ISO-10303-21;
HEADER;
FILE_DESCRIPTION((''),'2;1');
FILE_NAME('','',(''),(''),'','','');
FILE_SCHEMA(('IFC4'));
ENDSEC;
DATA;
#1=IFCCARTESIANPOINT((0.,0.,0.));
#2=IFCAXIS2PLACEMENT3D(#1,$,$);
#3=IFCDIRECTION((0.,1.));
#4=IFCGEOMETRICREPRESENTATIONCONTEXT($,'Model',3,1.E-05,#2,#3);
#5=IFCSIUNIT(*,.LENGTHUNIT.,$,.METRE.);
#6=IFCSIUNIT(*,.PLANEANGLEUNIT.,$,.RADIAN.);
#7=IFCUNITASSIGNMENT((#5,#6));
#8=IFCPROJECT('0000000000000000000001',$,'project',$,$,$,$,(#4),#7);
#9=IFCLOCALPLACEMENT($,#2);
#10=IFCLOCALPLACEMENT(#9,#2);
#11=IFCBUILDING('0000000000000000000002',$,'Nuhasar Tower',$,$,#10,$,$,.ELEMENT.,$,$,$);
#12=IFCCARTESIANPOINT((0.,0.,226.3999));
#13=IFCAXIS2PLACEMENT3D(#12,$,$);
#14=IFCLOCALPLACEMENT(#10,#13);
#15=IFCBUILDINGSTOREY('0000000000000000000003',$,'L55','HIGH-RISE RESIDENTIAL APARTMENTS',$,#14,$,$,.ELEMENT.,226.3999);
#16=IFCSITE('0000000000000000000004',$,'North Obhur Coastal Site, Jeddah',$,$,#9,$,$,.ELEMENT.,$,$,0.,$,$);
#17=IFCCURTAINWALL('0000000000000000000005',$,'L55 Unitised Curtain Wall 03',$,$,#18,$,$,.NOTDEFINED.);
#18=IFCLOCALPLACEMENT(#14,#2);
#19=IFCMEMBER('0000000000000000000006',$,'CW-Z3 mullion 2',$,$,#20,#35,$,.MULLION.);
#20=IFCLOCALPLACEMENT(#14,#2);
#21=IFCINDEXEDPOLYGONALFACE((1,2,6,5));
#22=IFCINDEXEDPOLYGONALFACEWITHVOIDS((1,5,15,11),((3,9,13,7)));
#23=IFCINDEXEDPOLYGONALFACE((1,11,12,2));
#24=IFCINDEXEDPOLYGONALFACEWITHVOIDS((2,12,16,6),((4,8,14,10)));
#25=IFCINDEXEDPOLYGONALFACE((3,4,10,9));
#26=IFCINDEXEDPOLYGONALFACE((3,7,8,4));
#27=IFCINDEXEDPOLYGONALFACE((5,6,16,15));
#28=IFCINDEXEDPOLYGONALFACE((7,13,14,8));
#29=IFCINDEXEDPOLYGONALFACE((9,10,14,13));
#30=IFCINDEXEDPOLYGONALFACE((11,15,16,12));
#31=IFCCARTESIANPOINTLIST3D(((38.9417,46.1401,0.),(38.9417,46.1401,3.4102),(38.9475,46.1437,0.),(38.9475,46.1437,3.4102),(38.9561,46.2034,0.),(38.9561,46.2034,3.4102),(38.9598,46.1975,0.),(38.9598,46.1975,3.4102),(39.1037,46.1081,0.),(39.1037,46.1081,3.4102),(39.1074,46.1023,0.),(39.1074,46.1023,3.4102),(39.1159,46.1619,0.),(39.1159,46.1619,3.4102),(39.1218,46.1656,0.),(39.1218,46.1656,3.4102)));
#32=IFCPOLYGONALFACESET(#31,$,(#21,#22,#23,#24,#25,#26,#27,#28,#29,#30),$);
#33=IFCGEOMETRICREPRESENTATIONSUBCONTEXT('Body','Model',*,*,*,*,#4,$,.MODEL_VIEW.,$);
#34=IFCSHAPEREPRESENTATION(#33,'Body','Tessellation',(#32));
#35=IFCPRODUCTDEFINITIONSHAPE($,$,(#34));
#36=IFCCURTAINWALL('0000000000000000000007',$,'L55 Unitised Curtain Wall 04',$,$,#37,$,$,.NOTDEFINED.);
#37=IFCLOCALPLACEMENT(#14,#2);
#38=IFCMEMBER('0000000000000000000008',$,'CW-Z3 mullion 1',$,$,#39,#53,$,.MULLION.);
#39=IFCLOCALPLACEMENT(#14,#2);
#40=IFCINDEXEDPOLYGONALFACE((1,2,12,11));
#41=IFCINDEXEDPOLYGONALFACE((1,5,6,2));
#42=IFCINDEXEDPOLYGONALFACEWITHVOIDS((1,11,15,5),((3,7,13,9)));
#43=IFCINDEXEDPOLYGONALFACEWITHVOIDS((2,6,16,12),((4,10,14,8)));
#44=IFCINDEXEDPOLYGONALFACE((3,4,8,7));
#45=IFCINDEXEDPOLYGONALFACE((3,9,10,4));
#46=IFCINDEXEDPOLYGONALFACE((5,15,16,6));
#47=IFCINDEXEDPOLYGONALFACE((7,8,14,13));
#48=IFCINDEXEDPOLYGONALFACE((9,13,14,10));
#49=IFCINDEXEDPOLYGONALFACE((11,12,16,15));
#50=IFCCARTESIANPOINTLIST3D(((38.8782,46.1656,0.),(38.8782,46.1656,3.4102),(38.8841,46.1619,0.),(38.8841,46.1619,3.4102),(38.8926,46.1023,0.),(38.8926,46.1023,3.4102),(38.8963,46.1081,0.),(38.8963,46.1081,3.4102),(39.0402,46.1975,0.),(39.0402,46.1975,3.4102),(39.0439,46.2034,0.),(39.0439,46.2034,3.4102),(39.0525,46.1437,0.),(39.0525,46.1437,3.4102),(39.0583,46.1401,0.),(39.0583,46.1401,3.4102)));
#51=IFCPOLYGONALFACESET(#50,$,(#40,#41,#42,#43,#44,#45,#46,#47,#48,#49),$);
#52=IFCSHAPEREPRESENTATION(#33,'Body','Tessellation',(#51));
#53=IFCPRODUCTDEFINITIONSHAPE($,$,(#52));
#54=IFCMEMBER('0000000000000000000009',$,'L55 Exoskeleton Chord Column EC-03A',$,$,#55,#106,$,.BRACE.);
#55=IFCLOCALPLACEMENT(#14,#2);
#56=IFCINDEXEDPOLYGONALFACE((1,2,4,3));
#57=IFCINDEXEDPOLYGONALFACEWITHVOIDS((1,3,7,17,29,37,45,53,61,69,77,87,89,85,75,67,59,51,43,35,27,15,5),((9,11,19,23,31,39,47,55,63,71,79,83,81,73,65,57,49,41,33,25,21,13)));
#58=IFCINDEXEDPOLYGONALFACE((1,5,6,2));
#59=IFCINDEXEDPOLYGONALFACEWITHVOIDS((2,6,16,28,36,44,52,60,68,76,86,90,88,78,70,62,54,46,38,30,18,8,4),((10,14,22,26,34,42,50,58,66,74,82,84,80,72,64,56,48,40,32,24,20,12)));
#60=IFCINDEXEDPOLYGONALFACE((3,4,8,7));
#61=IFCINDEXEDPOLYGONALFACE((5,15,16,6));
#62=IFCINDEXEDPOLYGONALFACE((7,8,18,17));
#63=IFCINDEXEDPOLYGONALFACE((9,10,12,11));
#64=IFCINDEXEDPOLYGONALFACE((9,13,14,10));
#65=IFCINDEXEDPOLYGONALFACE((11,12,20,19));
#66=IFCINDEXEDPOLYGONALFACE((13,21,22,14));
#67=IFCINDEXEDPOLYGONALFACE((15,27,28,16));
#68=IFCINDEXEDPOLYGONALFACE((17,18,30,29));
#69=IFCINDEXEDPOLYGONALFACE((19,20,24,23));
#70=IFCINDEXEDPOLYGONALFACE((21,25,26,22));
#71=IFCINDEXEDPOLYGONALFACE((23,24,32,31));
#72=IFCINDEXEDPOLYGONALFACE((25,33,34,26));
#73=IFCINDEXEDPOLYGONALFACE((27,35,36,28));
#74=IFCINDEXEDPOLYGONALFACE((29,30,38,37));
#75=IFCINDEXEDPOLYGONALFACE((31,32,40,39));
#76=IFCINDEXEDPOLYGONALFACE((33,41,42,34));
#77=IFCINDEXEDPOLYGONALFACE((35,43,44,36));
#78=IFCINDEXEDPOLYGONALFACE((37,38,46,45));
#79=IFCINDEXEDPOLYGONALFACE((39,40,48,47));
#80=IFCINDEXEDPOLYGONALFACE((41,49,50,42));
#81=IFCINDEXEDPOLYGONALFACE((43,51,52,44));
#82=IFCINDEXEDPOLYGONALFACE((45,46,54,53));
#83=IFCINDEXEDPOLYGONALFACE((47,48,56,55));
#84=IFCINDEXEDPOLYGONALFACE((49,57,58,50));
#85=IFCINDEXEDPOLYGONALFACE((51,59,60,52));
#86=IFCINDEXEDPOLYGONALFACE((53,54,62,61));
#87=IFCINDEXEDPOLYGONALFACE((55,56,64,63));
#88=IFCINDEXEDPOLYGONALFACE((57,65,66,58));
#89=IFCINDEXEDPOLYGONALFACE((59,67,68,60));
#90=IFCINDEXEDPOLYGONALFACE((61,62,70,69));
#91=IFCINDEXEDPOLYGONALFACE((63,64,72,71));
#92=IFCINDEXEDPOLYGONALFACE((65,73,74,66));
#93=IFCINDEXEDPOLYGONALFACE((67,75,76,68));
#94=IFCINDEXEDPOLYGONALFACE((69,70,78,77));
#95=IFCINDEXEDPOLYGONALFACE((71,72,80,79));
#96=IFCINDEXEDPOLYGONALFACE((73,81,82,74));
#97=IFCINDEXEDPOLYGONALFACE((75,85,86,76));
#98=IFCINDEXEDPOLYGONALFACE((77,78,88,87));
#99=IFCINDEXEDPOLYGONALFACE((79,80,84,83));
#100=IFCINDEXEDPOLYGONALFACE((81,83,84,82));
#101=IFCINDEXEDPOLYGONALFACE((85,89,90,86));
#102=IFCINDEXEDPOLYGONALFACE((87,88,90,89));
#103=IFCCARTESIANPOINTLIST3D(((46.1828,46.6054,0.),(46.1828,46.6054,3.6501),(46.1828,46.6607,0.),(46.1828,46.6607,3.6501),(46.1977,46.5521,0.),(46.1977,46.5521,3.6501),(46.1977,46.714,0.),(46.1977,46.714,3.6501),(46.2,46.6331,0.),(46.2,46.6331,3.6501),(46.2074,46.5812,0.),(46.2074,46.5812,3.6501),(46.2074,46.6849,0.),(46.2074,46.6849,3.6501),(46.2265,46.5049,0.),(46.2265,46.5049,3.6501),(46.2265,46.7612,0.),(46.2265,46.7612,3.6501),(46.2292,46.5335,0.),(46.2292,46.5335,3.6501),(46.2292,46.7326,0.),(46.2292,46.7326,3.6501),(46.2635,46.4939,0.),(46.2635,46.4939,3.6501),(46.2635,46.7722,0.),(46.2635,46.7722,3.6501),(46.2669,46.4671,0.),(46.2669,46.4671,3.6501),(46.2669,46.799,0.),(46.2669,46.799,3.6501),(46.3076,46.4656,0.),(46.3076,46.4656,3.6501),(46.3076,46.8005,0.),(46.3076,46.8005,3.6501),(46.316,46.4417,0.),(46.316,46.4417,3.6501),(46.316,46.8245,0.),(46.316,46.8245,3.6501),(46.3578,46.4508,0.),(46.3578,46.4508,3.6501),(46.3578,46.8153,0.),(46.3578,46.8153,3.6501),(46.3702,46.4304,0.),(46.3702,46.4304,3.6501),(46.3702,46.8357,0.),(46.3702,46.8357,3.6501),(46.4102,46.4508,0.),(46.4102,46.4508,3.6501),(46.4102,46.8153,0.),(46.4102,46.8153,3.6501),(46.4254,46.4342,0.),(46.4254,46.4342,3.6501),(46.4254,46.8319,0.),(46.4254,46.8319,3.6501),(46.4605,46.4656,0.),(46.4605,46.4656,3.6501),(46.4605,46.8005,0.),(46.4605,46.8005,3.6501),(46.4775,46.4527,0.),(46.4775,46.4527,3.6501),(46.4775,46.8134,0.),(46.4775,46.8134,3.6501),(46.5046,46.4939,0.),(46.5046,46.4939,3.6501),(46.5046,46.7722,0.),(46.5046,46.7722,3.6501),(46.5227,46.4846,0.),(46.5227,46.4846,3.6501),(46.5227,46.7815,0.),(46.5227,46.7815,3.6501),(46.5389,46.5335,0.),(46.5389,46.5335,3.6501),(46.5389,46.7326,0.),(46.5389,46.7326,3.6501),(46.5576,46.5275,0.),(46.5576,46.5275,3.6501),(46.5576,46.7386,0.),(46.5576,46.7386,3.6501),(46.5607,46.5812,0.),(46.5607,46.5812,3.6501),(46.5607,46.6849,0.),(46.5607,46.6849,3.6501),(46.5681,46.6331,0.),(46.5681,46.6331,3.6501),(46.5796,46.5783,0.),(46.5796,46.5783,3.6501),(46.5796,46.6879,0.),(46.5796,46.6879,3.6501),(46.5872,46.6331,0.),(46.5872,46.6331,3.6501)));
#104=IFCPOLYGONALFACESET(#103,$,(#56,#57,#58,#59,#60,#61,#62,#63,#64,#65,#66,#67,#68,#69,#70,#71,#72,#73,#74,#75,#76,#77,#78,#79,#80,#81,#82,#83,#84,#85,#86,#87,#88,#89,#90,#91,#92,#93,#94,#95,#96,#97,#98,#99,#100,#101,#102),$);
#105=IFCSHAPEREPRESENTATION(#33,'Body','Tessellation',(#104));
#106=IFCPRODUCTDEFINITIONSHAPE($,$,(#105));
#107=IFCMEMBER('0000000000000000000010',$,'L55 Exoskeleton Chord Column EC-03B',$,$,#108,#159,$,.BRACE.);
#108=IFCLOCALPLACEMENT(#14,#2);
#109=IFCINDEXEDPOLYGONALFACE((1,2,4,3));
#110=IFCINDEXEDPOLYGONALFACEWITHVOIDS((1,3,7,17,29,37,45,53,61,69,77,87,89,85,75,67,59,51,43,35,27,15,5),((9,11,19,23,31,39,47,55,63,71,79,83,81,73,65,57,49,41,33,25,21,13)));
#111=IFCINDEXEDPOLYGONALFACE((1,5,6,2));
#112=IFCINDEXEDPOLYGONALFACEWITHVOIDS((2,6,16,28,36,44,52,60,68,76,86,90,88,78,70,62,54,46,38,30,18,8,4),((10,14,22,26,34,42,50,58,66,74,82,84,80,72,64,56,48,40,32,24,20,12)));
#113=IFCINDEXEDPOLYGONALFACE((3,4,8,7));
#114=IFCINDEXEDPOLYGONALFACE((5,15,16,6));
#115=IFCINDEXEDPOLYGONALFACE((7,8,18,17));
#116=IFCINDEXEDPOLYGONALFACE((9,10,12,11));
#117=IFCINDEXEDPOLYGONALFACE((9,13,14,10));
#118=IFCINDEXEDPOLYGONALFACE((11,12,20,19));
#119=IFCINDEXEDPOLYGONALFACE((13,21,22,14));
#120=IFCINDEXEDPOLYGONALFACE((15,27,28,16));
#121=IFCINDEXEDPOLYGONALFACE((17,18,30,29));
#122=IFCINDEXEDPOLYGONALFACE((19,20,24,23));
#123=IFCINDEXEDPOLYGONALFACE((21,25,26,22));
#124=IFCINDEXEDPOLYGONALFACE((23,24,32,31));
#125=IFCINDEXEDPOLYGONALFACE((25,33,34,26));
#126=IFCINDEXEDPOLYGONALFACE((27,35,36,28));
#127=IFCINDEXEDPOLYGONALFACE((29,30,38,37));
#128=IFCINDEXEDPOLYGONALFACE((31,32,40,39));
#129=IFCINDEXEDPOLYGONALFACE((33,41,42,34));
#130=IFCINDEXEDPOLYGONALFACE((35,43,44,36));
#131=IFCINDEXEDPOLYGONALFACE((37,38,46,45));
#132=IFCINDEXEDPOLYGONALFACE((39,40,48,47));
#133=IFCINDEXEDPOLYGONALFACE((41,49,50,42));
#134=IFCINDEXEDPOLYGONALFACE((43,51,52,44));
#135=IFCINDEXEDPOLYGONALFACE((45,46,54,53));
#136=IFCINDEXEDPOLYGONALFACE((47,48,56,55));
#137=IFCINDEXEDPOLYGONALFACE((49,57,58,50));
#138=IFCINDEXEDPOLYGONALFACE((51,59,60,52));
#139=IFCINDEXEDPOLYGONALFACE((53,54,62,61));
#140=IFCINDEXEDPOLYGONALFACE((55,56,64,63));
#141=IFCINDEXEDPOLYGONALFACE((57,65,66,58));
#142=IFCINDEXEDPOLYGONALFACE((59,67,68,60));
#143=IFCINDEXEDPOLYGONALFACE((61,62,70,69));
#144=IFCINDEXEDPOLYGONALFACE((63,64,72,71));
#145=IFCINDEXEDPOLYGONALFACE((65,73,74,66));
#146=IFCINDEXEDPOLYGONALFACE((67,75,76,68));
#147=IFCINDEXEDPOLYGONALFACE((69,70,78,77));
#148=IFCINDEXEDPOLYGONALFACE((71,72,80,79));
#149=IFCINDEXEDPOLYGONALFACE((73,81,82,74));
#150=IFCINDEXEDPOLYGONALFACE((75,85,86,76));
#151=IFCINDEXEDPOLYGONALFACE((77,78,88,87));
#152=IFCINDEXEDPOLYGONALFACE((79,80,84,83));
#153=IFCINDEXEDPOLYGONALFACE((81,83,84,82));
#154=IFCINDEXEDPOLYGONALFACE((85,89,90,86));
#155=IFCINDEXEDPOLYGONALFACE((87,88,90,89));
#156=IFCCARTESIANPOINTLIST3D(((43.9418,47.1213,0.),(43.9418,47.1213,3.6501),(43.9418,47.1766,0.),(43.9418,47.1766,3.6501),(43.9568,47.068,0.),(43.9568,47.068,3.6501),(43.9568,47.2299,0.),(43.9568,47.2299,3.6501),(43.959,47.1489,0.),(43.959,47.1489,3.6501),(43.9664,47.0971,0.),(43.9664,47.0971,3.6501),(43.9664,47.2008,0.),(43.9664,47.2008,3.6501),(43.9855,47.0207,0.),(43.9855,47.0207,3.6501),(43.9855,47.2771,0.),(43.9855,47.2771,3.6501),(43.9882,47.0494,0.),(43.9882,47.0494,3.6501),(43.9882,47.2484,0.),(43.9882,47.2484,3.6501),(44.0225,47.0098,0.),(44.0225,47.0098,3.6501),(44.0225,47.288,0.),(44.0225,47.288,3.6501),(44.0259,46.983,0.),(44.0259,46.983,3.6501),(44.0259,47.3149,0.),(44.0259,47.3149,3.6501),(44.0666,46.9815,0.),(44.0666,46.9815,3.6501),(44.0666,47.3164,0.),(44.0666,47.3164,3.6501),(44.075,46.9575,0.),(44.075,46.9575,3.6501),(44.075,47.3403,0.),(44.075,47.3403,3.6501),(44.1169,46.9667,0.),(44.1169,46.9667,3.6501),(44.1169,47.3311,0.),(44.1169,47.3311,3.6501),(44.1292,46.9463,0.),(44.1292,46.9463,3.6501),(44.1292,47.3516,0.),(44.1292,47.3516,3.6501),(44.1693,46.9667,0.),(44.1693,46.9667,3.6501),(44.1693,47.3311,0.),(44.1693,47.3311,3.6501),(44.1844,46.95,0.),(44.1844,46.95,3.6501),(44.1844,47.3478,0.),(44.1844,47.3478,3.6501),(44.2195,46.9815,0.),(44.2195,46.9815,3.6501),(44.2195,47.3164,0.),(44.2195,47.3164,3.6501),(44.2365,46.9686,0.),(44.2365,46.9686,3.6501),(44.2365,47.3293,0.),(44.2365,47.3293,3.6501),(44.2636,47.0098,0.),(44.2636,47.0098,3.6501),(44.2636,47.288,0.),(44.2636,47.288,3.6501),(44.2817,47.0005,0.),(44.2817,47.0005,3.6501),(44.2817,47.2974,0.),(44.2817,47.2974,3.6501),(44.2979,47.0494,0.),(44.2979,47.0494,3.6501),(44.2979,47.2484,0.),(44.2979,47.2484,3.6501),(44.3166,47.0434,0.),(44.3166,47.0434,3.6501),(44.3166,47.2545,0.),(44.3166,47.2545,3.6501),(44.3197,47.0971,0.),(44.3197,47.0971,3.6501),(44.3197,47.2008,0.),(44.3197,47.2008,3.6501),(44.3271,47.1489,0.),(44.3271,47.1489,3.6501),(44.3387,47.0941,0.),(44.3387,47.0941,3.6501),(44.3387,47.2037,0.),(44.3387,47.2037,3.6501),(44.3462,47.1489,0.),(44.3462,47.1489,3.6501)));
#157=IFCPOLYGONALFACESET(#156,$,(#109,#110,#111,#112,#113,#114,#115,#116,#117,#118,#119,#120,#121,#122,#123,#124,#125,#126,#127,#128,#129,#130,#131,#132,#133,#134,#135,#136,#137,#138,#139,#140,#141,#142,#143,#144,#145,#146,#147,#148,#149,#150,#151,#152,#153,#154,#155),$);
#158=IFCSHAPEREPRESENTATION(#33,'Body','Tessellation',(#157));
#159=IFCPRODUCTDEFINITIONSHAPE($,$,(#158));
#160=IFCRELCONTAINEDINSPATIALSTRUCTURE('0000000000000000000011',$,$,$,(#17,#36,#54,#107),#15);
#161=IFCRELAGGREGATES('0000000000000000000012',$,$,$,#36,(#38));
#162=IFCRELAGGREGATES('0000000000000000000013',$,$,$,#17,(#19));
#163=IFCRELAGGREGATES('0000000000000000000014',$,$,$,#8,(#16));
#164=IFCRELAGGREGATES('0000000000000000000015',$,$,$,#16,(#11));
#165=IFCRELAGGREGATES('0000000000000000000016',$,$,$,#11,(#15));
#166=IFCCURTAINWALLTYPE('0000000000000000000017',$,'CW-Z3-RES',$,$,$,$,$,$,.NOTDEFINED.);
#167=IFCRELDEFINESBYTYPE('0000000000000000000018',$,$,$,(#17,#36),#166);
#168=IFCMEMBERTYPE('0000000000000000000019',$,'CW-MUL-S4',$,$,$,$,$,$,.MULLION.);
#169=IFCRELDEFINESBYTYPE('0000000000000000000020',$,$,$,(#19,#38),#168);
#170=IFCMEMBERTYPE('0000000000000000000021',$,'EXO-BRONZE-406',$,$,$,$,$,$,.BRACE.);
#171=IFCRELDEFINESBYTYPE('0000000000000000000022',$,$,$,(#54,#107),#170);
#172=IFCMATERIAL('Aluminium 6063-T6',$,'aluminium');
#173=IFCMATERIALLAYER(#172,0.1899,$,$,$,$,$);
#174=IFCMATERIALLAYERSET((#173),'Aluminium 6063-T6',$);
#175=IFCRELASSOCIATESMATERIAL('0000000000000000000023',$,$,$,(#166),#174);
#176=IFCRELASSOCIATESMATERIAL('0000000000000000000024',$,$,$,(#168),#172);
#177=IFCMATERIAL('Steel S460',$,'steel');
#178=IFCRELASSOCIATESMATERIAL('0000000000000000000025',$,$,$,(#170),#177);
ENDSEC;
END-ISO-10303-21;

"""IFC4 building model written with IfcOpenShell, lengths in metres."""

from ifc_helpers import new_model, si_unit, direction, frame, origin, origin_2d, place, context, subcontext, project, spatial, hollow_rectangle, hollow_circle, extrude, material, layer, layer_set, material_profile, profile_set, type_object, element, aggregate, save


model = new_model("IFC4")

# Units and contexts
model_context = context("Model", 3, precision=1e-05, world=origin(), true_north=direction((0.0, 1.0)))
body_context = subcontext(model_context, "Body", "Model", "MODEL_VIEW")
ifc_project = project(units=[si_unit("LENGTHUNIT", "METRE"), si_unit("PLANEANGLEUNIT", "RADIAN")], contexts=[model_context])

# Site, building, storey
site_placement = place(None, origin())
site = spatial("IfcSite", under=ifc_project, at=site_placement, Name="North Obhur Coastal Site, Jeddah", CompositionType="ELEMENT", RefElevation=0.0)
building_placement = place(site_placement, origin())
building = spatial("IfcBuilding", under=site, at=building_placement, Name="Nuhasar Tower", CompositionType="ELEMENT")
storey_placement = place(building_placement, frame((0.0, 0.0, 226.3999)))
storey = spatial("IfcBuildingStorey", under=building, at=storey_placement, Name="L55", Description="HIGH-RISE RESIDENTIAL APARTMENTS", CompositionType="ELEMENT", Elevation=226.3999)

# Curtain walls, members
ifc_material_1 = material(Name="Aluminium 6063-T6", Category="aluminium")
ifc_layer_1 = layer(ifc_material_1, 0.1899)
ifc_layer_set_1 = layer_set([ifc_layer_1], Name="Aluminium 6063-T6")
curtain_wall_type = type_object("IfcCurtainWallType", Name="CW-Z3-RES", PredefinedType="NOTDEFINED", material=ifc_layer_set_1)
curtain_wall_1_placement = place(storey_placement, origin())
curtain_wall_1 = element("IfcCurtainWall", 1, at=curtain_wall_1_placement, inside=storey, type_object=curtain_wall_type, Name="L55 Unitised Curtain Wall 03", PredefinedType="NOTDEFINED")
ifc_material_profile_1 = material_profile(ifc_material_1, hollow_rectangle(XDim=0.0649, YDim=0.1699, WallThickness=0.0049, at=origin_2d()), Name="CWM-4")
ifc_profile_set_1 = profile_set([ifc_material_profile_1], Name="Aluminium 6063-T6")
member_type_1 = type_object("IfcMemberType", Name="CW-MUL-S4", PredefinedType="MULLION", material=ifc_profile_set_1)
member_1_placement = place(storey_placement, frame((39.0317, 46.1528, 0.0), z_axis=(0.0, 0.0, 1.0), x_axis=(-0.222243, -0.974991, 0.0)))
member_1 = element("IfcMember", 2, at=member_1_placement, type_object=member_type_1, Name="CW-Z3 mullion 2", PredefinedType="MULLION", context=body_context, shape_type="SweptSolid", body=[
    extrude(hollow_rectangle(XDim=0.0649, YDim=0.1699, WallThickness=0.0049, at=origin_2d()), origin(), (0.0, 0.0, 1.0), 3.4102),
])
curtain_wall_2_placement = place(storey_placement, origin())
curtain_wall_2 = element("IfcCurtainWall", 3, at=curtain_wall_2_placement, inside=storey, type_object=curtain_wall_type, Name="L55 Unitised Curtain Wall 04", PredefinedType="NOTDEFINED")
member_2_placement = place(storey_placement, frame((38.9683, 46.1528, 0.0), z_axis=(0.0, 0.0, 1.0), x_axis=(0.222243, -0.974991, 0.0)))
member_2 = element("IfcMember", 4, at=member_2_placement, type_object=member_type_1, Name="CW-Z3 mullion 1", PredefinedType="MULLION", context=body_context, shape_type="SweptSolid", body=[
    extrude(hollow_rectangle(XDim=0.0649, YDim=0.1699, WallThickness=0.0049, at=origin_2d()), origin(), (0.0, 0.0, 1.0), 3.4102),
])
aggregate(curtain_wall_2, [member_2])

# Members
ifc_material_2 = material(Name="Steel S460", Category="steel")
ifc_material_profile_2 = material_profile(ifc_material_2, hollow_circle(Radius=0.2031, WallThickness=0.019, at=origin_2d()), Name="HSS406.4X19.1")
ifc_profile_set_2 = profile_set([ifc_material_profile_2], Name="Steel S460")
member_type_2 = type_object("IfcMemberType", Name="EXO-BRONZE-406", PredefinedType="BRACE", material=ifc_profile_set_2)
for number, where, z_axis, x_axis, name in (
    (5, (46.384, 46.6331, 0.0), (0.0, 0.0, 1.0), (1.0, 0.0, 0.0), "L55 Exoskeleton Chord Column EC-03A"),
    (6, (44.1431, 47.1489, 0.0), (0.0, 0.0, 1.0), (1.0, 0.0, 0.0), "L55 Exoskeleton Chord Column EC-03B"),
):
    element("IfcMember", number, at=place(storey_placement, frame(where, z_axis=z_axis, x_axis=x_axis)), inside=storey, type_object=member_type_2, Name=name, PredefinedType="BRACE", context=body_context, shape_type="SweptSolid", body=[
        extrude(hollow_circle(Radius=0.2031, WallThickness=0.019, at=origin_2d()), origin(), (0.0, 0.0, 1.0), 3.6501),
    ])

aggregate(curtain_wall_1, [member_1])

save(model, "model.ifc")
